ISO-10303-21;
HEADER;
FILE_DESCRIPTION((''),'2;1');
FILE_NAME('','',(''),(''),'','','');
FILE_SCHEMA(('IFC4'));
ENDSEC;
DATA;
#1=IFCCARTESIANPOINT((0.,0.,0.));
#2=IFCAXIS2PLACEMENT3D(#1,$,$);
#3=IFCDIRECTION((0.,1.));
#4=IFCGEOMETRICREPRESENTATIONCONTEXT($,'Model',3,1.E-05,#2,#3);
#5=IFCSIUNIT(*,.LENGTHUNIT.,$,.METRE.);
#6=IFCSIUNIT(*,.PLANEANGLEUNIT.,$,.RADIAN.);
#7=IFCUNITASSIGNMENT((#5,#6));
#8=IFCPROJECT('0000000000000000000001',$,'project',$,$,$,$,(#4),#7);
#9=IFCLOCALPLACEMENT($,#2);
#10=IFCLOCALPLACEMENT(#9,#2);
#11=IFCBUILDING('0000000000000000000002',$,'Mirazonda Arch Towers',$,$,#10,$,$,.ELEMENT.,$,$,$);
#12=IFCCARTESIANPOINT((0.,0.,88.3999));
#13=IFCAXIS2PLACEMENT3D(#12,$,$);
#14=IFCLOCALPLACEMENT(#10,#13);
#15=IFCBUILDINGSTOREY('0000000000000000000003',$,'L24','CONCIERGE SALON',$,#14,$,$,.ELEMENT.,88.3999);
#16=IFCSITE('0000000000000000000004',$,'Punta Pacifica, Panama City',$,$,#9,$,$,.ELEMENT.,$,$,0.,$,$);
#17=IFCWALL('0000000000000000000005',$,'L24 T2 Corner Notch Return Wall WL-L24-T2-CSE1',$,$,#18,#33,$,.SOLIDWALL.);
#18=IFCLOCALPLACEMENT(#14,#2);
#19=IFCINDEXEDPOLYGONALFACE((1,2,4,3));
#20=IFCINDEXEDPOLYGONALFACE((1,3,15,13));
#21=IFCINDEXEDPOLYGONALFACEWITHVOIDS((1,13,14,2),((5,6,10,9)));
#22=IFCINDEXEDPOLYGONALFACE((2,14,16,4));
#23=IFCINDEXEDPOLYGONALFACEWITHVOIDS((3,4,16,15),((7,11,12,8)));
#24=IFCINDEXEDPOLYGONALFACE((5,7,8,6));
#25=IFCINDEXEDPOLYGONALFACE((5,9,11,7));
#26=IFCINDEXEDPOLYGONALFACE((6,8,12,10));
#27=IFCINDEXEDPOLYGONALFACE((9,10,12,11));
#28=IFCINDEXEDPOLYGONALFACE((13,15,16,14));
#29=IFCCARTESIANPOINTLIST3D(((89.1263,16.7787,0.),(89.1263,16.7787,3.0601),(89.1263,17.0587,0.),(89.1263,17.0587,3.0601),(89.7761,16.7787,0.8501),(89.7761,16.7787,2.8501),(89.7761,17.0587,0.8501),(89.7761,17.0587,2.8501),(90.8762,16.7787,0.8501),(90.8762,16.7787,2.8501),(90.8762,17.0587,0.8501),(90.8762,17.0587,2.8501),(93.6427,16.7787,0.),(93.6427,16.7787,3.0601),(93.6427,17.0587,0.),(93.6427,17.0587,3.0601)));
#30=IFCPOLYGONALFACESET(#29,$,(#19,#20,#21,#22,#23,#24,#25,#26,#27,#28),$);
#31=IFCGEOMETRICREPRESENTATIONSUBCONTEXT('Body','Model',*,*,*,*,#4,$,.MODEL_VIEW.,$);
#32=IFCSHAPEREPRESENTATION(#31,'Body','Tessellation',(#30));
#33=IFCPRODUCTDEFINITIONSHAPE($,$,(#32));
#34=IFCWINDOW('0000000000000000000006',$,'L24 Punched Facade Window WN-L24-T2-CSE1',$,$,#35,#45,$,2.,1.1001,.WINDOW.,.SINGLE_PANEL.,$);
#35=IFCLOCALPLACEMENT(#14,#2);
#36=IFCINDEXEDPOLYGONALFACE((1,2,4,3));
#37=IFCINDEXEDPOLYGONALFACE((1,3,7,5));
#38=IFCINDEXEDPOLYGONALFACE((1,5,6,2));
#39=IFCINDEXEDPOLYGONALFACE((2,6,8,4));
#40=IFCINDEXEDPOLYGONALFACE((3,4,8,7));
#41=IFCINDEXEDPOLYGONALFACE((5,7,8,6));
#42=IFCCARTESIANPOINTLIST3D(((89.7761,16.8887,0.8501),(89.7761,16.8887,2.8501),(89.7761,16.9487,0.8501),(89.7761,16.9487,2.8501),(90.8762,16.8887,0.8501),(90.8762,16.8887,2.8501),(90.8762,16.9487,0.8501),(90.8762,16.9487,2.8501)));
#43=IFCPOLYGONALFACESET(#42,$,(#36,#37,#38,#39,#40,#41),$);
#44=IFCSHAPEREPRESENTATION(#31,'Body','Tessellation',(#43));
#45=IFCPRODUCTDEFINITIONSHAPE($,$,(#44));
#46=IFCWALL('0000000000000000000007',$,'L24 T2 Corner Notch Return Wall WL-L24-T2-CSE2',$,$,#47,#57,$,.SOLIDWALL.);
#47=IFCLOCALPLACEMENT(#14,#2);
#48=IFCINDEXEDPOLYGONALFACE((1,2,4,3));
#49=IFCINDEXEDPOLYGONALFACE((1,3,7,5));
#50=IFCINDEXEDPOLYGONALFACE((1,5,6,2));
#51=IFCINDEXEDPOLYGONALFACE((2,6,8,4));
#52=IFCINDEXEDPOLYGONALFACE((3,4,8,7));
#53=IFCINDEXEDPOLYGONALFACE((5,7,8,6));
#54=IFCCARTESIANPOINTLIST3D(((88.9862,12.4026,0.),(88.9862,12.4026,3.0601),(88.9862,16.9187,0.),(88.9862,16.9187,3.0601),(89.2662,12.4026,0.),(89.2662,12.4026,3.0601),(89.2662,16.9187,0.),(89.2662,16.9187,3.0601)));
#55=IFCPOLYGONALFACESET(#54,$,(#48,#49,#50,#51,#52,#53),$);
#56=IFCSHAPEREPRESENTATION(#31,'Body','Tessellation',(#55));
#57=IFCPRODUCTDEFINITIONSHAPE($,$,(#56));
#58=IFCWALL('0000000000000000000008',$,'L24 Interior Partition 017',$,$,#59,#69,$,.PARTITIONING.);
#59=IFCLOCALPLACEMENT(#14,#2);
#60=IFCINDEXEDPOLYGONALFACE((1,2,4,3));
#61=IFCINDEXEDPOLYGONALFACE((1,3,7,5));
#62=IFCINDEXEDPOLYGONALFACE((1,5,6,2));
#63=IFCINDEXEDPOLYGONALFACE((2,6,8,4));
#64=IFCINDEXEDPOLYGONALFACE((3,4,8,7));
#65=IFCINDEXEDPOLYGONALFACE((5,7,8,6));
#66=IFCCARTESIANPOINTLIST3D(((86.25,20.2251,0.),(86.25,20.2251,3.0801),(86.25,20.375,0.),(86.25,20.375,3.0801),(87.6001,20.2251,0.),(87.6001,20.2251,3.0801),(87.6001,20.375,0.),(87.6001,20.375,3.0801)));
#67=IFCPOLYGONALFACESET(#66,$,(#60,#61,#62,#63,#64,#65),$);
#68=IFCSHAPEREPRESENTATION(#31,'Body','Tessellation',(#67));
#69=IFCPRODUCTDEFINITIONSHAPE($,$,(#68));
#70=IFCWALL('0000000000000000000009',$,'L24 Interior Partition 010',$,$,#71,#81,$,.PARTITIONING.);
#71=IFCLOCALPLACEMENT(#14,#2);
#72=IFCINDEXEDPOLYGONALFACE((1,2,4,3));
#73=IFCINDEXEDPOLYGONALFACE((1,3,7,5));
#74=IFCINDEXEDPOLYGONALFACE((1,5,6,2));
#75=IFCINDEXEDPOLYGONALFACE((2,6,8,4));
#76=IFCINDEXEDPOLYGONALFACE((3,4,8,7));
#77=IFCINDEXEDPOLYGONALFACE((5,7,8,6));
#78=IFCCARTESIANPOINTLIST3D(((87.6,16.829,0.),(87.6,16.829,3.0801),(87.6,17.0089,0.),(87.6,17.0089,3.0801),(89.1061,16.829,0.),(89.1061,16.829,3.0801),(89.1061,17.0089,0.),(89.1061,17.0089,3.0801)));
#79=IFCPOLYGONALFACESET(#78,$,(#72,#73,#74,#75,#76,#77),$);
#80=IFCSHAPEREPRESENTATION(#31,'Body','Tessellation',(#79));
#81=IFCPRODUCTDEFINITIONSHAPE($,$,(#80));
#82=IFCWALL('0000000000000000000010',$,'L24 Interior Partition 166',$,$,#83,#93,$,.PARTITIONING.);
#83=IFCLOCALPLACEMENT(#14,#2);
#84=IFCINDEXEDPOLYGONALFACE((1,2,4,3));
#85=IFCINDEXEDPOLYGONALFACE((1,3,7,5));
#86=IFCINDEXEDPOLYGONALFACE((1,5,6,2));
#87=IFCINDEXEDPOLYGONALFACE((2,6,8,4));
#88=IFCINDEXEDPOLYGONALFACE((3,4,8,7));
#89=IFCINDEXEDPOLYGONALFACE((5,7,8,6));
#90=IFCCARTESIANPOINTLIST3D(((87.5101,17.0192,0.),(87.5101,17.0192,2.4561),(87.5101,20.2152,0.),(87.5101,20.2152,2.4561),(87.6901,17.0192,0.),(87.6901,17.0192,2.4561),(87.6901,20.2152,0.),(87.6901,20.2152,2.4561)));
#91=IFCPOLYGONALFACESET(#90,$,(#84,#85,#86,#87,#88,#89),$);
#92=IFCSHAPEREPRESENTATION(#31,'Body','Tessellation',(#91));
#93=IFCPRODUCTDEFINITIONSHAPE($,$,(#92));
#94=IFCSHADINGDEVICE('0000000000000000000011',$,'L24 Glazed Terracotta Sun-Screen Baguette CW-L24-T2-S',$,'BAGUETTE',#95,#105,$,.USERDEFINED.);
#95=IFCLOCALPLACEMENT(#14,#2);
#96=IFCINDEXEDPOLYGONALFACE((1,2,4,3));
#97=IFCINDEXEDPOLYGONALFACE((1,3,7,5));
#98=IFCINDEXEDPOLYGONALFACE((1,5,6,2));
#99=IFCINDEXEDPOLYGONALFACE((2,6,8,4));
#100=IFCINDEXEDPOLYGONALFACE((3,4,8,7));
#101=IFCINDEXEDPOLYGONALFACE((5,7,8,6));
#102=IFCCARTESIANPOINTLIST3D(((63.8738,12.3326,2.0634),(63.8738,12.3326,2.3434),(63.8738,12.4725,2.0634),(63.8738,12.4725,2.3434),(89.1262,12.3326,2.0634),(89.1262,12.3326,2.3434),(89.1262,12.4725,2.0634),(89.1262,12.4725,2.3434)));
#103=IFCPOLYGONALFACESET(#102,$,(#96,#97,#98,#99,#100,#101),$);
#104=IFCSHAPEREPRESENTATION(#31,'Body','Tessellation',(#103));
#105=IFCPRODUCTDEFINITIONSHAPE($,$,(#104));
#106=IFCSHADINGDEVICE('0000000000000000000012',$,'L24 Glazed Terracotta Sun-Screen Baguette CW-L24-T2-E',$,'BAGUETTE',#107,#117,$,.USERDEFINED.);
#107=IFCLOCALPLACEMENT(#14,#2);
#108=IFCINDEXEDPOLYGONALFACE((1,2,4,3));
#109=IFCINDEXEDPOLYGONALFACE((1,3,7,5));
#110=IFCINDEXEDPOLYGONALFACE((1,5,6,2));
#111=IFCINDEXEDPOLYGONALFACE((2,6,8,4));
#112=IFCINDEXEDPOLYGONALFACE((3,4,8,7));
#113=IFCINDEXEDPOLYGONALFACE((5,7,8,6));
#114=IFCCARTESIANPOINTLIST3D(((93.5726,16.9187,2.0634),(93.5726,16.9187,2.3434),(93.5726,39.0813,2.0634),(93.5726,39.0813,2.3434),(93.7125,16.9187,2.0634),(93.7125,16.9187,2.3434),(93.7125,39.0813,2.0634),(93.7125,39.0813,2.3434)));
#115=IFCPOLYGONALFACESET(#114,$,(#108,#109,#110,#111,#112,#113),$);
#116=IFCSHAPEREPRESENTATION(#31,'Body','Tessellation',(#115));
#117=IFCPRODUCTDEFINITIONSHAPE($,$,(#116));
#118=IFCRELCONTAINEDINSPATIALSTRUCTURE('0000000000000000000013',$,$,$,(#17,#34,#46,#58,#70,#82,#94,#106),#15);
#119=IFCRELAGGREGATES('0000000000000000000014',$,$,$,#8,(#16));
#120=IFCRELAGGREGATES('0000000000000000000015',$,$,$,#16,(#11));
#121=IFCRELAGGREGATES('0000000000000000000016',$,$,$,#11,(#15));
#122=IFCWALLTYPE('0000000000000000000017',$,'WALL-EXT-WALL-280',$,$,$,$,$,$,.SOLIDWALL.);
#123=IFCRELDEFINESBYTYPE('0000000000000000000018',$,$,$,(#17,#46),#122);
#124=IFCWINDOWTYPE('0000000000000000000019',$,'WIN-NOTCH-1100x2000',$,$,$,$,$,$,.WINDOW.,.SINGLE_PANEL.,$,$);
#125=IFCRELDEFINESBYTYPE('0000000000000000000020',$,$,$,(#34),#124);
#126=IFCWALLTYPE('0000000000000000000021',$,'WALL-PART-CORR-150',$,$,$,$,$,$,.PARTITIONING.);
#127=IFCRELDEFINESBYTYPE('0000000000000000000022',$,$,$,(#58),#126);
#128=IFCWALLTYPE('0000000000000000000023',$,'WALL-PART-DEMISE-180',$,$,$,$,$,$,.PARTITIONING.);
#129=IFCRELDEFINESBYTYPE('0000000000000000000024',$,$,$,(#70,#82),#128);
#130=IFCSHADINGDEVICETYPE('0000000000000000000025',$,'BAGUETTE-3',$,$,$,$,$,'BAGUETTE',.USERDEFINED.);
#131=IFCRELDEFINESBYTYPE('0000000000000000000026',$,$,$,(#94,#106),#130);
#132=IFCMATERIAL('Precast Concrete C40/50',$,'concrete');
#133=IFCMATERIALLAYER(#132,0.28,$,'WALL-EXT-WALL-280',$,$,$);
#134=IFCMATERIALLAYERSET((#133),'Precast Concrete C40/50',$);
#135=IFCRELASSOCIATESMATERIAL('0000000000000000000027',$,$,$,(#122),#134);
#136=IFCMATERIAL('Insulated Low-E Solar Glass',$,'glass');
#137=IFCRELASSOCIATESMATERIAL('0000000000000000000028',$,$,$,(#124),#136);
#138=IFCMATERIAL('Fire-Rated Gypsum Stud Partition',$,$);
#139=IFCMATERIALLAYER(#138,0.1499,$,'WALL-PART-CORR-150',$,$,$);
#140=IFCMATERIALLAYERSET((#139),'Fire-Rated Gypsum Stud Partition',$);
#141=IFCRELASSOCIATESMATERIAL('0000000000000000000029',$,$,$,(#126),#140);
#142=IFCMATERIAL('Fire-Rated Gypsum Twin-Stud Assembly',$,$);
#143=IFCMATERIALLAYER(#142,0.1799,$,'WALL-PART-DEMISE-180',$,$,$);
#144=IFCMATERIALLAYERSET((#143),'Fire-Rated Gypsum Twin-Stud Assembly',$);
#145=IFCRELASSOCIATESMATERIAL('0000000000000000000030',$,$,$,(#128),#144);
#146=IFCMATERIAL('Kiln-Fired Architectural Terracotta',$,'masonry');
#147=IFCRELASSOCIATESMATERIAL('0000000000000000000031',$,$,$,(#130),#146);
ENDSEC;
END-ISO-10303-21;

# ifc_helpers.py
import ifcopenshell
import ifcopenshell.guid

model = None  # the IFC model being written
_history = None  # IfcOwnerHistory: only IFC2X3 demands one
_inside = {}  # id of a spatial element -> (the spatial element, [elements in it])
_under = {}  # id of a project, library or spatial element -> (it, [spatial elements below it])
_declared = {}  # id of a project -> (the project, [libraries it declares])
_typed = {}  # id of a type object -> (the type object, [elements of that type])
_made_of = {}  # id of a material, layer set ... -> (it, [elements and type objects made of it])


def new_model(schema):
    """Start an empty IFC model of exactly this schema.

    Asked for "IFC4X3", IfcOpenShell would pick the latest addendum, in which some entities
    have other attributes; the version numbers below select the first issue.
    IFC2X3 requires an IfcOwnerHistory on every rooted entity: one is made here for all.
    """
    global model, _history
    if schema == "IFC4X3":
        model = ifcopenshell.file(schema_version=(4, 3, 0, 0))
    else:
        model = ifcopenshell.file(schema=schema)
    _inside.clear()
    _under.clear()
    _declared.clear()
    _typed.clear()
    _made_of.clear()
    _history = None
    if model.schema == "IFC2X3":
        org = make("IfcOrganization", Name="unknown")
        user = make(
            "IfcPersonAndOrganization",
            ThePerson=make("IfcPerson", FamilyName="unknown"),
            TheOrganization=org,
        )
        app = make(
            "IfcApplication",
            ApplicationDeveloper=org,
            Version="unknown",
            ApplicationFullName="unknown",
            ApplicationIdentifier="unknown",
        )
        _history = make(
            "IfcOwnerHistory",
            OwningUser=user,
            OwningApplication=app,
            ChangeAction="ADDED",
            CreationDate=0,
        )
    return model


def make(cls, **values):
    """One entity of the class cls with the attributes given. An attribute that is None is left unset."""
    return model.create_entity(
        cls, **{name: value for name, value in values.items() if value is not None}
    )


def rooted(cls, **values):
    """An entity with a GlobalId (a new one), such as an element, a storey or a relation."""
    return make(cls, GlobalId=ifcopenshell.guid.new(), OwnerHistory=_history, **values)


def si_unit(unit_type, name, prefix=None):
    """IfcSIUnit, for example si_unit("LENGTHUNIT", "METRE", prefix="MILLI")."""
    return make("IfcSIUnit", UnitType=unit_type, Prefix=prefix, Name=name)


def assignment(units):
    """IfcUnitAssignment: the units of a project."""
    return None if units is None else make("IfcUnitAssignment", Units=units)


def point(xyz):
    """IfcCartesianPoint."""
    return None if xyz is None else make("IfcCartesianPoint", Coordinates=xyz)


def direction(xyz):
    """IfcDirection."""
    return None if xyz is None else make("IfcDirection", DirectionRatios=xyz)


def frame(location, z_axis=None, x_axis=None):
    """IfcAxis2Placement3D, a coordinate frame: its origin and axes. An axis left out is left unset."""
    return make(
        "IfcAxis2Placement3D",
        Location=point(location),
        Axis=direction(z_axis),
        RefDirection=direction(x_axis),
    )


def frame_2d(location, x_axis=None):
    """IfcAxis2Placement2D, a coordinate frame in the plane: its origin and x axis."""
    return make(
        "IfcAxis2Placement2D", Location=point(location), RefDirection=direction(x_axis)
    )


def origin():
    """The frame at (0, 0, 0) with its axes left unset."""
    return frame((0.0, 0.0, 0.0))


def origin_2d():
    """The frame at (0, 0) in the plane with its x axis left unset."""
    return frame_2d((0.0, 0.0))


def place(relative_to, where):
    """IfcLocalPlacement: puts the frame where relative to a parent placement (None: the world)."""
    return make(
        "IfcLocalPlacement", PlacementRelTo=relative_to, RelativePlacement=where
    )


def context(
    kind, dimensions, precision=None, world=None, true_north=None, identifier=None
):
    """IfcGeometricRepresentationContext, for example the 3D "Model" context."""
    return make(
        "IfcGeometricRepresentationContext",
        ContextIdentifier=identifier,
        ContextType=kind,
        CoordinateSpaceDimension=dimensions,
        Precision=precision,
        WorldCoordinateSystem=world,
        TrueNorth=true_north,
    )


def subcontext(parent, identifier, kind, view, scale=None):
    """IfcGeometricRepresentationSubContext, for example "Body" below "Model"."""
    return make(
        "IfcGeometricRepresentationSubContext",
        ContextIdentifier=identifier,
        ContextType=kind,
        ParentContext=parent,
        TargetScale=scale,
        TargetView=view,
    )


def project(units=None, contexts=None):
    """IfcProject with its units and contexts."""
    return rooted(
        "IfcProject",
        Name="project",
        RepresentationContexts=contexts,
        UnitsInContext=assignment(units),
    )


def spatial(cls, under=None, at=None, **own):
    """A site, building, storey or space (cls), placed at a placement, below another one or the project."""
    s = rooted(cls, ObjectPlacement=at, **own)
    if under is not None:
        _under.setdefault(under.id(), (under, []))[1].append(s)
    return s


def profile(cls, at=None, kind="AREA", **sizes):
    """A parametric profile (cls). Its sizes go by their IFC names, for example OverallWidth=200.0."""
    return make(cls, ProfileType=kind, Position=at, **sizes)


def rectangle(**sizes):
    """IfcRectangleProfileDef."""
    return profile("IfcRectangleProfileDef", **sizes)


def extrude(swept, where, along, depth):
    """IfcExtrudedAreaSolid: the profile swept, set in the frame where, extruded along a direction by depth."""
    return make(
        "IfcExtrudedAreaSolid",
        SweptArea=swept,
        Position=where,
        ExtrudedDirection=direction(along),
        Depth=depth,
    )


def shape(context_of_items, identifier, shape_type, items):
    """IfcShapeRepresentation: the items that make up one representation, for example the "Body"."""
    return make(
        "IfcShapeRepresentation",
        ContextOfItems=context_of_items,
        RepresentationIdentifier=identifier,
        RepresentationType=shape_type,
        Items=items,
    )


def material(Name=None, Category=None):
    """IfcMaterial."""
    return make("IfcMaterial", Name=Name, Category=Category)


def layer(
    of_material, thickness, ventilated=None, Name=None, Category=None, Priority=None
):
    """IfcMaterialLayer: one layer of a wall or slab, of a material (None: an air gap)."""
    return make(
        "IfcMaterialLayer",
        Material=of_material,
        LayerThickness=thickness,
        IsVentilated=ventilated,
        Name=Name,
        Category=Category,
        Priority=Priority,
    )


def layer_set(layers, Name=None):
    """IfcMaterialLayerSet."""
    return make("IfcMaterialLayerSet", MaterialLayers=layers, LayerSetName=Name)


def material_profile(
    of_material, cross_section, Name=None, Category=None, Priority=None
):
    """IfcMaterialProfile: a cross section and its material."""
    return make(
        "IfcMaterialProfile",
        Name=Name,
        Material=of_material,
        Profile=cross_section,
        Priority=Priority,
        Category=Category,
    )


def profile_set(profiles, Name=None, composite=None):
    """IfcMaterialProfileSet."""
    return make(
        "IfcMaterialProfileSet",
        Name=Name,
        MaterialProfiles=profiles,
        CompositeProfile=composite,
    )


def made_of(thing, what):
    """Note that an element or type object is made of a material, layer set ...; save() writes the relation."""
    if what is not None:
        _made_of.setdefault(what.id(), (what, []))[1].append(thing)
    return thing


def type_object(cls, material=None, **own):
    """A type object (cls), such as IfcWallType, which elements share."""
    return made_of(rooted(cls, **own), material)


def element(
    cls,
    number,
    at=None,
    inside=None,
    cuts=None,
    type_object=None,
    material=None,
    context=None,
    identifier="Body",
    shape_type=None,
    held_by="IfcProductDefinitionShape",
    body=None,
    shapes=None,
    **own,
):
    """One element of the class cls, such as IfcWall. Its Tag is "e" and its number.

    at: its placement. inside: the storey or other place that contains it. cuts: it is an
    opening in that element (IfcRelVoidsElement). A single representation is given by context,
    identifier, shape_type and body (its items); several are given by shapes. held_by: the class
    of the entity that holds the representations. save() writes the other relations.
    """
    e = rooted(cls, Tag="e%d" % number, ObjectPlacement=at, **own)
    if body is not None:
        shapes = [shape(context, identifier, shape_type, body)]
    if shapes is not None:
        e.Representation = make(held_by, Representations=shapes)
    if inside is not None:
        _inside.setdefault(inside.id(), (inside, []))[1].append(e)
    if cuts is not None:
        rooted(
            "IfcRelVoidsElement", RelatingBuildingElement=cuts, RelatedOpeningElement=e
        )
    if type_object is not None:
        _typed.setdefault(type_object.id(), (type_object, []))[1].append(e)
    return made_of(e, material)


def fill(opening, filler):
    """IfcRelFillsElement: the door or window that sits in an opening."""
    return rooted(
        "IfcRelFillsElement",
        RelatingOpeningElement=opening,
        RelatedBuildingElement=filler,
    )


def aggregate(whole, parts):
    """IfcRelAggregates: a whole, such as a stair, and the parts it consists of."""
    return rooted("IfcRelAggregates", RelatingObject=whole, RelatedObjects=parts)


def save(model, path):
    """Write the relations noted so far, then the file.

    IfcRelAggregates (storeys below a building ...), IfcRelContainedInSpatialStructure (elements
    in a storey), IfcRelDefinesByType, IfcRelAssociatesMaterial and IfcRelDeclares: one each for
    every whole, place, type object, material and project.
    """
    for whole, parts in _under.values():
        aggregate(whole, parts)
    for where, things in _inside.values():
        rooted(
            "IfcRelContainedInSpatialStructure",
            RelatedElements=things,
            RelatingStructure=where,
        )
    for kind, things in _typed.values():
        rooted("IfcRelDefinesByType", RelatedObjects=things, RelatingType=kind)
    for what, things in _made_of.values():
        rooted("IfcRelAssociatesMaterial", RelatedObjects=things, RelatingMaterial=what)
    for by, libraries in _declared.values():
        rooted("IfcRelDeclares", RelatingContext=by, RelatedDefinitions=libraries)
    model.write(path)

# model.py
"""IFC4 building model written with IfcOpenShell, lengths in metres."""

from ifc_helpers import new_model, si_unit, direction, frame, frame_2d, origin, origin_2d, place, context, subcontext, project, spatial, rectangle, extrude, material, layer, layer_set, material_profile, profile_set, type_object, element, fill, save


model = new_model("IFC4")

# Units and contexts
model_context = context("Model", 3, precision=1e-05, world=origin(), true_north=direction((0.0, 1.0)))
body_context = subcontext(model_context, "Body", "Model", "MODEL_VIEW")
ifc_project = project(units=[si_unit("LENGTHUNIT", "METRE"), si_unit("PLANEANGLEUNIT", "RADIAN")], contexts=[model_context])

# Site, building, storey
site_placement = place(None, origin())
site = spatial("IfcSite", under=ifc_project, at=site_placement, Name="Punta Pacifica, Panama City", CompositionType="ELEMENT", RefElevation=0.0)
building_placement = place(site_placement, origin())
building = spatial("IfcBuilding", under=site, at=building_placement, Name="Mirazonda Arch Towers", CompositionType="ELEMENT")
storey_placement = place(building_placement, frame((0.0, 0.0, 88.3999)))
storey = spatial("IfcBuildingStorey", under=building, at=storey_placement, Name="L24", Description="CONCIERGE SALON", CompositionType="ELEMENT", Elevation=88.3999)

# Wall, opening, window
ifc_material_1 = material(Name="Precast Concrete C40/50", Category="concrete")
ifc_layer_1 = layer(ifc_material_1, 0.28, Name="WALL-EXT-WALL-280")
ifc_layer_set_1 = layer_set([ifc_layer_1], Name="Precast Concrete C40/50")
wall_type_1 = type_object("IfcWallType", Name="WALL-EXT-WALL-280", PredefinedType="SOLIDWALL", material=ifc_layer_set_1)
wall_1_placement = place(storey_placement, frame((89.1262, 16.9187, 0.0), z_axis=(0.0, 0.0, 1.0), x_axis=(1.0, 0.0, 0.0)))
wall_1 = element("IfcWall", 1, at=wall_1_placement, inside=storey, type_object=wall_type_1, Name="L24 T2 Corner Notch Return Wall WL-L24-T2-CSE1", PredefinedType="SOLIDWALL", context=body_context, shape_type="SweptSolid", body=[
    extrude(rectangle(XDim=4.5164, YDim=0.28, at=frame_2d((2.2583, 0.0))), origin(), (0.0, 0.0, 1.0), 3.0601),
])
opening_placement = place(wall_1_placement, frame((0.6499, 0.0, 0.8501)))
opening = element("IfcOpeningElement", 2, at=opening_placement, cuts=wall_1, PredefinedType="OPENING", context=body_context, shape_type="SweptSolid", body=[
    extrude(rectangle(XDim=1.1001, YDim=2.0, at=frame_2d((0.55, 1.0))), frame((0.0, 0.1499, 0.0), z_axis=(0.0, -1.0, 0.0), x_axis=(1.0, 0.0, 0.0)), (0.0, 0.0, 1.0), 0.3),
])
ifc_material_2 = material(Name="Insulated Low-E Solar Glass", Category="glass")
window_type = type_object("IfcWindowType", Name="WIN-NOTCH-1100x2000", PartitioningType="SINGLE_PANEL", PredefinedType="WINDOW", material=ifc_material_2)
window_placement = place(opening_placement, origin())
window = element("IfcWindow", 3, at=window_placement, inside=storey, type_object=window_type, Name="L24 Punched Facade Window WN-L24-T2-CSE1", OverallHeight=2.0, OverallWidth=1.1001, PartitioningType="SINGLE_PANEL", PredefinedType="WINDOW", context=body_context, shape_type="SweptSolid", body=[
    extrude(rectangle(XDim=1.1001, YDim=2.0, at=frame_2d((0.55, 1.0))), frame((0.0, 0.03, 0.0), z_axis=(0.0, -1.0, 0.0), x_axis=(1.0, 0.0, 0.0)), (0.0, 0.0, 1.0), 0.0601),
])
fill(opening, window)

# Walls
wall_2_placement = place(storey_placement, frame((89.1262, 12.4026, 0.0), z_axis=(0.0, 0.0, 1.0), x_axis=(0.0, 1.0, 0.0)))
element("IfcWall", 4, at=wall_2_placement, inside=storey, type_object=wall_type_1, Name="L24 T2 Corner Notch Return Wall WL-L24-T2-CSE2", PredefinedType="SOLIDWALL", context=body_context, shape_type="SweptSolid", body=[
    extrude(rectangle(XDim=4.5161, YDim=0.28, at=frame_2d((2.2581, 0.0))), origin(), (0.0, 0.0, 1.0), 3.0601),
])
ifc_material_3 = material(Name="Fire-Rated Gypsum Stud Partition")
ifc_layer_2 = layer(ifc_material_3, 0.1499, Name="WALL-PART-CORR-150")
ifc_layer_set_2 = layer_set([ifc_layer_2], Name="Fire-Rated Gypsum Stud Partition")
wall_type_2 = type_object("IfcWallType", Name="WALL-PART-CORR-150", PredefinedType="PARTITIONING", material=ifc_layer_set_2)
wall_3_placement = place(storey_placement, frame((86.25, 20.3, 0.0), z_axis=(0.0, 0.0, 1.0), x_axis=(1.0, 0.0, 0.0)))
element("IfcWall", 5, at=wall_3_placement, inside=storey, type_object=wall_type_2, Name="L24 Interior Partition 017", PredefinedType="PARTITIONING", context=body_context, shape_type="SweptSolid", body=[
    extrude(rectangle(XDim=1.3501, YDim=0.1499, at=frame_2d((0.675, 0.0))), origin(), (0.0, 0.0, 1.0), 3.0801),
])
ifc_material_4 = material(Name="Fire-Rated Gypsum Twin-Stud Assembly")
ifc_layer_3 = layer(ifc_material_4, 0.1799, Name="WALL-PART-DEMISE-180")
ifc_layer_set_3 = layer_set([ifc_layer_3], Name="Fire-Rated Gypsum Twin-Stud Assembly")
wall_type_3 = type_object("IfcWallType", Name="WALL-PART-DEMISE-180", PredefinedType="PARTITIONING", material=ifc_layer_set_3)
wall_4_placement = place(storey_placement, frame((87.6001, 16.9189, 0.0), z_axis=(0.0, 0.0, 1.0), x_axis=(1.0, 0.0, 0.0)))
element("IfcWall", 6, at=wall_4_placement, inside=storey, type_object=wall_type_3, Name="L24 Interior Partition 010", PredefinedType="PARTITIONING", context=body_context, shape_type="SweptSolid", body=[
    extrude(rectangle(XDim=1.5061, YDim=0.1799, at=frame_2d((0.7529, 0.0))), origin(), (0.0, 0.0, 1.0), 3.0801),
])
wall_5_placement = place(storey_placement, frame((87.6001, 17.019, 0.0), z_axis=(0.0, 0.0, 1.0), x_axis=(0.0, 1.0, 0.0)))
element("IfcWall", 7, at=wall_5_placement, inside=storey, type_object=wall_type_3, Name="L24 Interior Partition 166", PredefinedType="PARTITIONING", context=body_context, shape_type="SweptSolid", body=[
    extrude(rectangle(XDim=3.196, YDim=0.1799, at=frame_2d((1.5981, 0.0))), origin(), (0.0, 0.0, 1.0), 2.4561),
])

# Shading devices
ifc_material_5 = material(Name="Kiln-Fired Architectural Terracotta", Category="masonry")
ifc_material_profile_1 = material_profile(ifc_material_5, rectangle(XDim=0.1399, YDim=0.28, at=origin_2d()), Name="TERRA-BAG-140x280")
ifc_profile_set_1 = profile_set([ifc_material_profile_1], Name="Kiln-Fired Architectural Terracotta")
shading_device_type = type_object("IfcShadingDeviceType", Name="BAGUETTE-3", ElementType="BAGUETTE", PredefinedType="USERDEFINED", material=ifc_profile_set_1)
shading_device_1_placement = place(storey_placement, frame((89.1262, 12.4026, 2.2034), z_axis=(-1.0, 0.0, 0.0), x_axis=(0.0, -1.0, 0.0)))
element("IfcShadingDevice", 8, at=shading_device_1_placement, inside=storey, type_object=shading_device_type, Name="L24 Glazed Terracotta Sun-Screen Baguette CW-L24-T2-S", ObjectType="BAGUETTE", PredefinedType="USERDEFINED", context=body_context, shape_type="SweptSolid", body=[
    extrude(rectangle(XDim=0.1399, YDim=0.28, at=origin_2d()), origin(), (0.0, 0.0, 1.0), 25.2524),
])
shading_device_2_placement = place(storey_placement, frame((93.6426, 16.9187, 2.2034), z_axis=(0.0, 1.0, 0.0), x_axis=(-1.0, 0.0, 0.0)))
element("IfcShadingDevice", 9, at=shading_device_2_placement, inside=storey, type_object=shading_device_type, Name="L24 Glazed Terracotta Sun-Screen Baguette CW-L24-T2-E", ObjectType="BAGUETTE", PredefinedType="USERDEFINED", context=body_context, shape_type="SweptSolid", body=[
    extrude(rectangle(XDim=0.1399, YDim=0.28, at=origin_2d()), origin(), (0.0, 0.0, 1.0), 22.1626),
])

save(model, "model.ifc")
